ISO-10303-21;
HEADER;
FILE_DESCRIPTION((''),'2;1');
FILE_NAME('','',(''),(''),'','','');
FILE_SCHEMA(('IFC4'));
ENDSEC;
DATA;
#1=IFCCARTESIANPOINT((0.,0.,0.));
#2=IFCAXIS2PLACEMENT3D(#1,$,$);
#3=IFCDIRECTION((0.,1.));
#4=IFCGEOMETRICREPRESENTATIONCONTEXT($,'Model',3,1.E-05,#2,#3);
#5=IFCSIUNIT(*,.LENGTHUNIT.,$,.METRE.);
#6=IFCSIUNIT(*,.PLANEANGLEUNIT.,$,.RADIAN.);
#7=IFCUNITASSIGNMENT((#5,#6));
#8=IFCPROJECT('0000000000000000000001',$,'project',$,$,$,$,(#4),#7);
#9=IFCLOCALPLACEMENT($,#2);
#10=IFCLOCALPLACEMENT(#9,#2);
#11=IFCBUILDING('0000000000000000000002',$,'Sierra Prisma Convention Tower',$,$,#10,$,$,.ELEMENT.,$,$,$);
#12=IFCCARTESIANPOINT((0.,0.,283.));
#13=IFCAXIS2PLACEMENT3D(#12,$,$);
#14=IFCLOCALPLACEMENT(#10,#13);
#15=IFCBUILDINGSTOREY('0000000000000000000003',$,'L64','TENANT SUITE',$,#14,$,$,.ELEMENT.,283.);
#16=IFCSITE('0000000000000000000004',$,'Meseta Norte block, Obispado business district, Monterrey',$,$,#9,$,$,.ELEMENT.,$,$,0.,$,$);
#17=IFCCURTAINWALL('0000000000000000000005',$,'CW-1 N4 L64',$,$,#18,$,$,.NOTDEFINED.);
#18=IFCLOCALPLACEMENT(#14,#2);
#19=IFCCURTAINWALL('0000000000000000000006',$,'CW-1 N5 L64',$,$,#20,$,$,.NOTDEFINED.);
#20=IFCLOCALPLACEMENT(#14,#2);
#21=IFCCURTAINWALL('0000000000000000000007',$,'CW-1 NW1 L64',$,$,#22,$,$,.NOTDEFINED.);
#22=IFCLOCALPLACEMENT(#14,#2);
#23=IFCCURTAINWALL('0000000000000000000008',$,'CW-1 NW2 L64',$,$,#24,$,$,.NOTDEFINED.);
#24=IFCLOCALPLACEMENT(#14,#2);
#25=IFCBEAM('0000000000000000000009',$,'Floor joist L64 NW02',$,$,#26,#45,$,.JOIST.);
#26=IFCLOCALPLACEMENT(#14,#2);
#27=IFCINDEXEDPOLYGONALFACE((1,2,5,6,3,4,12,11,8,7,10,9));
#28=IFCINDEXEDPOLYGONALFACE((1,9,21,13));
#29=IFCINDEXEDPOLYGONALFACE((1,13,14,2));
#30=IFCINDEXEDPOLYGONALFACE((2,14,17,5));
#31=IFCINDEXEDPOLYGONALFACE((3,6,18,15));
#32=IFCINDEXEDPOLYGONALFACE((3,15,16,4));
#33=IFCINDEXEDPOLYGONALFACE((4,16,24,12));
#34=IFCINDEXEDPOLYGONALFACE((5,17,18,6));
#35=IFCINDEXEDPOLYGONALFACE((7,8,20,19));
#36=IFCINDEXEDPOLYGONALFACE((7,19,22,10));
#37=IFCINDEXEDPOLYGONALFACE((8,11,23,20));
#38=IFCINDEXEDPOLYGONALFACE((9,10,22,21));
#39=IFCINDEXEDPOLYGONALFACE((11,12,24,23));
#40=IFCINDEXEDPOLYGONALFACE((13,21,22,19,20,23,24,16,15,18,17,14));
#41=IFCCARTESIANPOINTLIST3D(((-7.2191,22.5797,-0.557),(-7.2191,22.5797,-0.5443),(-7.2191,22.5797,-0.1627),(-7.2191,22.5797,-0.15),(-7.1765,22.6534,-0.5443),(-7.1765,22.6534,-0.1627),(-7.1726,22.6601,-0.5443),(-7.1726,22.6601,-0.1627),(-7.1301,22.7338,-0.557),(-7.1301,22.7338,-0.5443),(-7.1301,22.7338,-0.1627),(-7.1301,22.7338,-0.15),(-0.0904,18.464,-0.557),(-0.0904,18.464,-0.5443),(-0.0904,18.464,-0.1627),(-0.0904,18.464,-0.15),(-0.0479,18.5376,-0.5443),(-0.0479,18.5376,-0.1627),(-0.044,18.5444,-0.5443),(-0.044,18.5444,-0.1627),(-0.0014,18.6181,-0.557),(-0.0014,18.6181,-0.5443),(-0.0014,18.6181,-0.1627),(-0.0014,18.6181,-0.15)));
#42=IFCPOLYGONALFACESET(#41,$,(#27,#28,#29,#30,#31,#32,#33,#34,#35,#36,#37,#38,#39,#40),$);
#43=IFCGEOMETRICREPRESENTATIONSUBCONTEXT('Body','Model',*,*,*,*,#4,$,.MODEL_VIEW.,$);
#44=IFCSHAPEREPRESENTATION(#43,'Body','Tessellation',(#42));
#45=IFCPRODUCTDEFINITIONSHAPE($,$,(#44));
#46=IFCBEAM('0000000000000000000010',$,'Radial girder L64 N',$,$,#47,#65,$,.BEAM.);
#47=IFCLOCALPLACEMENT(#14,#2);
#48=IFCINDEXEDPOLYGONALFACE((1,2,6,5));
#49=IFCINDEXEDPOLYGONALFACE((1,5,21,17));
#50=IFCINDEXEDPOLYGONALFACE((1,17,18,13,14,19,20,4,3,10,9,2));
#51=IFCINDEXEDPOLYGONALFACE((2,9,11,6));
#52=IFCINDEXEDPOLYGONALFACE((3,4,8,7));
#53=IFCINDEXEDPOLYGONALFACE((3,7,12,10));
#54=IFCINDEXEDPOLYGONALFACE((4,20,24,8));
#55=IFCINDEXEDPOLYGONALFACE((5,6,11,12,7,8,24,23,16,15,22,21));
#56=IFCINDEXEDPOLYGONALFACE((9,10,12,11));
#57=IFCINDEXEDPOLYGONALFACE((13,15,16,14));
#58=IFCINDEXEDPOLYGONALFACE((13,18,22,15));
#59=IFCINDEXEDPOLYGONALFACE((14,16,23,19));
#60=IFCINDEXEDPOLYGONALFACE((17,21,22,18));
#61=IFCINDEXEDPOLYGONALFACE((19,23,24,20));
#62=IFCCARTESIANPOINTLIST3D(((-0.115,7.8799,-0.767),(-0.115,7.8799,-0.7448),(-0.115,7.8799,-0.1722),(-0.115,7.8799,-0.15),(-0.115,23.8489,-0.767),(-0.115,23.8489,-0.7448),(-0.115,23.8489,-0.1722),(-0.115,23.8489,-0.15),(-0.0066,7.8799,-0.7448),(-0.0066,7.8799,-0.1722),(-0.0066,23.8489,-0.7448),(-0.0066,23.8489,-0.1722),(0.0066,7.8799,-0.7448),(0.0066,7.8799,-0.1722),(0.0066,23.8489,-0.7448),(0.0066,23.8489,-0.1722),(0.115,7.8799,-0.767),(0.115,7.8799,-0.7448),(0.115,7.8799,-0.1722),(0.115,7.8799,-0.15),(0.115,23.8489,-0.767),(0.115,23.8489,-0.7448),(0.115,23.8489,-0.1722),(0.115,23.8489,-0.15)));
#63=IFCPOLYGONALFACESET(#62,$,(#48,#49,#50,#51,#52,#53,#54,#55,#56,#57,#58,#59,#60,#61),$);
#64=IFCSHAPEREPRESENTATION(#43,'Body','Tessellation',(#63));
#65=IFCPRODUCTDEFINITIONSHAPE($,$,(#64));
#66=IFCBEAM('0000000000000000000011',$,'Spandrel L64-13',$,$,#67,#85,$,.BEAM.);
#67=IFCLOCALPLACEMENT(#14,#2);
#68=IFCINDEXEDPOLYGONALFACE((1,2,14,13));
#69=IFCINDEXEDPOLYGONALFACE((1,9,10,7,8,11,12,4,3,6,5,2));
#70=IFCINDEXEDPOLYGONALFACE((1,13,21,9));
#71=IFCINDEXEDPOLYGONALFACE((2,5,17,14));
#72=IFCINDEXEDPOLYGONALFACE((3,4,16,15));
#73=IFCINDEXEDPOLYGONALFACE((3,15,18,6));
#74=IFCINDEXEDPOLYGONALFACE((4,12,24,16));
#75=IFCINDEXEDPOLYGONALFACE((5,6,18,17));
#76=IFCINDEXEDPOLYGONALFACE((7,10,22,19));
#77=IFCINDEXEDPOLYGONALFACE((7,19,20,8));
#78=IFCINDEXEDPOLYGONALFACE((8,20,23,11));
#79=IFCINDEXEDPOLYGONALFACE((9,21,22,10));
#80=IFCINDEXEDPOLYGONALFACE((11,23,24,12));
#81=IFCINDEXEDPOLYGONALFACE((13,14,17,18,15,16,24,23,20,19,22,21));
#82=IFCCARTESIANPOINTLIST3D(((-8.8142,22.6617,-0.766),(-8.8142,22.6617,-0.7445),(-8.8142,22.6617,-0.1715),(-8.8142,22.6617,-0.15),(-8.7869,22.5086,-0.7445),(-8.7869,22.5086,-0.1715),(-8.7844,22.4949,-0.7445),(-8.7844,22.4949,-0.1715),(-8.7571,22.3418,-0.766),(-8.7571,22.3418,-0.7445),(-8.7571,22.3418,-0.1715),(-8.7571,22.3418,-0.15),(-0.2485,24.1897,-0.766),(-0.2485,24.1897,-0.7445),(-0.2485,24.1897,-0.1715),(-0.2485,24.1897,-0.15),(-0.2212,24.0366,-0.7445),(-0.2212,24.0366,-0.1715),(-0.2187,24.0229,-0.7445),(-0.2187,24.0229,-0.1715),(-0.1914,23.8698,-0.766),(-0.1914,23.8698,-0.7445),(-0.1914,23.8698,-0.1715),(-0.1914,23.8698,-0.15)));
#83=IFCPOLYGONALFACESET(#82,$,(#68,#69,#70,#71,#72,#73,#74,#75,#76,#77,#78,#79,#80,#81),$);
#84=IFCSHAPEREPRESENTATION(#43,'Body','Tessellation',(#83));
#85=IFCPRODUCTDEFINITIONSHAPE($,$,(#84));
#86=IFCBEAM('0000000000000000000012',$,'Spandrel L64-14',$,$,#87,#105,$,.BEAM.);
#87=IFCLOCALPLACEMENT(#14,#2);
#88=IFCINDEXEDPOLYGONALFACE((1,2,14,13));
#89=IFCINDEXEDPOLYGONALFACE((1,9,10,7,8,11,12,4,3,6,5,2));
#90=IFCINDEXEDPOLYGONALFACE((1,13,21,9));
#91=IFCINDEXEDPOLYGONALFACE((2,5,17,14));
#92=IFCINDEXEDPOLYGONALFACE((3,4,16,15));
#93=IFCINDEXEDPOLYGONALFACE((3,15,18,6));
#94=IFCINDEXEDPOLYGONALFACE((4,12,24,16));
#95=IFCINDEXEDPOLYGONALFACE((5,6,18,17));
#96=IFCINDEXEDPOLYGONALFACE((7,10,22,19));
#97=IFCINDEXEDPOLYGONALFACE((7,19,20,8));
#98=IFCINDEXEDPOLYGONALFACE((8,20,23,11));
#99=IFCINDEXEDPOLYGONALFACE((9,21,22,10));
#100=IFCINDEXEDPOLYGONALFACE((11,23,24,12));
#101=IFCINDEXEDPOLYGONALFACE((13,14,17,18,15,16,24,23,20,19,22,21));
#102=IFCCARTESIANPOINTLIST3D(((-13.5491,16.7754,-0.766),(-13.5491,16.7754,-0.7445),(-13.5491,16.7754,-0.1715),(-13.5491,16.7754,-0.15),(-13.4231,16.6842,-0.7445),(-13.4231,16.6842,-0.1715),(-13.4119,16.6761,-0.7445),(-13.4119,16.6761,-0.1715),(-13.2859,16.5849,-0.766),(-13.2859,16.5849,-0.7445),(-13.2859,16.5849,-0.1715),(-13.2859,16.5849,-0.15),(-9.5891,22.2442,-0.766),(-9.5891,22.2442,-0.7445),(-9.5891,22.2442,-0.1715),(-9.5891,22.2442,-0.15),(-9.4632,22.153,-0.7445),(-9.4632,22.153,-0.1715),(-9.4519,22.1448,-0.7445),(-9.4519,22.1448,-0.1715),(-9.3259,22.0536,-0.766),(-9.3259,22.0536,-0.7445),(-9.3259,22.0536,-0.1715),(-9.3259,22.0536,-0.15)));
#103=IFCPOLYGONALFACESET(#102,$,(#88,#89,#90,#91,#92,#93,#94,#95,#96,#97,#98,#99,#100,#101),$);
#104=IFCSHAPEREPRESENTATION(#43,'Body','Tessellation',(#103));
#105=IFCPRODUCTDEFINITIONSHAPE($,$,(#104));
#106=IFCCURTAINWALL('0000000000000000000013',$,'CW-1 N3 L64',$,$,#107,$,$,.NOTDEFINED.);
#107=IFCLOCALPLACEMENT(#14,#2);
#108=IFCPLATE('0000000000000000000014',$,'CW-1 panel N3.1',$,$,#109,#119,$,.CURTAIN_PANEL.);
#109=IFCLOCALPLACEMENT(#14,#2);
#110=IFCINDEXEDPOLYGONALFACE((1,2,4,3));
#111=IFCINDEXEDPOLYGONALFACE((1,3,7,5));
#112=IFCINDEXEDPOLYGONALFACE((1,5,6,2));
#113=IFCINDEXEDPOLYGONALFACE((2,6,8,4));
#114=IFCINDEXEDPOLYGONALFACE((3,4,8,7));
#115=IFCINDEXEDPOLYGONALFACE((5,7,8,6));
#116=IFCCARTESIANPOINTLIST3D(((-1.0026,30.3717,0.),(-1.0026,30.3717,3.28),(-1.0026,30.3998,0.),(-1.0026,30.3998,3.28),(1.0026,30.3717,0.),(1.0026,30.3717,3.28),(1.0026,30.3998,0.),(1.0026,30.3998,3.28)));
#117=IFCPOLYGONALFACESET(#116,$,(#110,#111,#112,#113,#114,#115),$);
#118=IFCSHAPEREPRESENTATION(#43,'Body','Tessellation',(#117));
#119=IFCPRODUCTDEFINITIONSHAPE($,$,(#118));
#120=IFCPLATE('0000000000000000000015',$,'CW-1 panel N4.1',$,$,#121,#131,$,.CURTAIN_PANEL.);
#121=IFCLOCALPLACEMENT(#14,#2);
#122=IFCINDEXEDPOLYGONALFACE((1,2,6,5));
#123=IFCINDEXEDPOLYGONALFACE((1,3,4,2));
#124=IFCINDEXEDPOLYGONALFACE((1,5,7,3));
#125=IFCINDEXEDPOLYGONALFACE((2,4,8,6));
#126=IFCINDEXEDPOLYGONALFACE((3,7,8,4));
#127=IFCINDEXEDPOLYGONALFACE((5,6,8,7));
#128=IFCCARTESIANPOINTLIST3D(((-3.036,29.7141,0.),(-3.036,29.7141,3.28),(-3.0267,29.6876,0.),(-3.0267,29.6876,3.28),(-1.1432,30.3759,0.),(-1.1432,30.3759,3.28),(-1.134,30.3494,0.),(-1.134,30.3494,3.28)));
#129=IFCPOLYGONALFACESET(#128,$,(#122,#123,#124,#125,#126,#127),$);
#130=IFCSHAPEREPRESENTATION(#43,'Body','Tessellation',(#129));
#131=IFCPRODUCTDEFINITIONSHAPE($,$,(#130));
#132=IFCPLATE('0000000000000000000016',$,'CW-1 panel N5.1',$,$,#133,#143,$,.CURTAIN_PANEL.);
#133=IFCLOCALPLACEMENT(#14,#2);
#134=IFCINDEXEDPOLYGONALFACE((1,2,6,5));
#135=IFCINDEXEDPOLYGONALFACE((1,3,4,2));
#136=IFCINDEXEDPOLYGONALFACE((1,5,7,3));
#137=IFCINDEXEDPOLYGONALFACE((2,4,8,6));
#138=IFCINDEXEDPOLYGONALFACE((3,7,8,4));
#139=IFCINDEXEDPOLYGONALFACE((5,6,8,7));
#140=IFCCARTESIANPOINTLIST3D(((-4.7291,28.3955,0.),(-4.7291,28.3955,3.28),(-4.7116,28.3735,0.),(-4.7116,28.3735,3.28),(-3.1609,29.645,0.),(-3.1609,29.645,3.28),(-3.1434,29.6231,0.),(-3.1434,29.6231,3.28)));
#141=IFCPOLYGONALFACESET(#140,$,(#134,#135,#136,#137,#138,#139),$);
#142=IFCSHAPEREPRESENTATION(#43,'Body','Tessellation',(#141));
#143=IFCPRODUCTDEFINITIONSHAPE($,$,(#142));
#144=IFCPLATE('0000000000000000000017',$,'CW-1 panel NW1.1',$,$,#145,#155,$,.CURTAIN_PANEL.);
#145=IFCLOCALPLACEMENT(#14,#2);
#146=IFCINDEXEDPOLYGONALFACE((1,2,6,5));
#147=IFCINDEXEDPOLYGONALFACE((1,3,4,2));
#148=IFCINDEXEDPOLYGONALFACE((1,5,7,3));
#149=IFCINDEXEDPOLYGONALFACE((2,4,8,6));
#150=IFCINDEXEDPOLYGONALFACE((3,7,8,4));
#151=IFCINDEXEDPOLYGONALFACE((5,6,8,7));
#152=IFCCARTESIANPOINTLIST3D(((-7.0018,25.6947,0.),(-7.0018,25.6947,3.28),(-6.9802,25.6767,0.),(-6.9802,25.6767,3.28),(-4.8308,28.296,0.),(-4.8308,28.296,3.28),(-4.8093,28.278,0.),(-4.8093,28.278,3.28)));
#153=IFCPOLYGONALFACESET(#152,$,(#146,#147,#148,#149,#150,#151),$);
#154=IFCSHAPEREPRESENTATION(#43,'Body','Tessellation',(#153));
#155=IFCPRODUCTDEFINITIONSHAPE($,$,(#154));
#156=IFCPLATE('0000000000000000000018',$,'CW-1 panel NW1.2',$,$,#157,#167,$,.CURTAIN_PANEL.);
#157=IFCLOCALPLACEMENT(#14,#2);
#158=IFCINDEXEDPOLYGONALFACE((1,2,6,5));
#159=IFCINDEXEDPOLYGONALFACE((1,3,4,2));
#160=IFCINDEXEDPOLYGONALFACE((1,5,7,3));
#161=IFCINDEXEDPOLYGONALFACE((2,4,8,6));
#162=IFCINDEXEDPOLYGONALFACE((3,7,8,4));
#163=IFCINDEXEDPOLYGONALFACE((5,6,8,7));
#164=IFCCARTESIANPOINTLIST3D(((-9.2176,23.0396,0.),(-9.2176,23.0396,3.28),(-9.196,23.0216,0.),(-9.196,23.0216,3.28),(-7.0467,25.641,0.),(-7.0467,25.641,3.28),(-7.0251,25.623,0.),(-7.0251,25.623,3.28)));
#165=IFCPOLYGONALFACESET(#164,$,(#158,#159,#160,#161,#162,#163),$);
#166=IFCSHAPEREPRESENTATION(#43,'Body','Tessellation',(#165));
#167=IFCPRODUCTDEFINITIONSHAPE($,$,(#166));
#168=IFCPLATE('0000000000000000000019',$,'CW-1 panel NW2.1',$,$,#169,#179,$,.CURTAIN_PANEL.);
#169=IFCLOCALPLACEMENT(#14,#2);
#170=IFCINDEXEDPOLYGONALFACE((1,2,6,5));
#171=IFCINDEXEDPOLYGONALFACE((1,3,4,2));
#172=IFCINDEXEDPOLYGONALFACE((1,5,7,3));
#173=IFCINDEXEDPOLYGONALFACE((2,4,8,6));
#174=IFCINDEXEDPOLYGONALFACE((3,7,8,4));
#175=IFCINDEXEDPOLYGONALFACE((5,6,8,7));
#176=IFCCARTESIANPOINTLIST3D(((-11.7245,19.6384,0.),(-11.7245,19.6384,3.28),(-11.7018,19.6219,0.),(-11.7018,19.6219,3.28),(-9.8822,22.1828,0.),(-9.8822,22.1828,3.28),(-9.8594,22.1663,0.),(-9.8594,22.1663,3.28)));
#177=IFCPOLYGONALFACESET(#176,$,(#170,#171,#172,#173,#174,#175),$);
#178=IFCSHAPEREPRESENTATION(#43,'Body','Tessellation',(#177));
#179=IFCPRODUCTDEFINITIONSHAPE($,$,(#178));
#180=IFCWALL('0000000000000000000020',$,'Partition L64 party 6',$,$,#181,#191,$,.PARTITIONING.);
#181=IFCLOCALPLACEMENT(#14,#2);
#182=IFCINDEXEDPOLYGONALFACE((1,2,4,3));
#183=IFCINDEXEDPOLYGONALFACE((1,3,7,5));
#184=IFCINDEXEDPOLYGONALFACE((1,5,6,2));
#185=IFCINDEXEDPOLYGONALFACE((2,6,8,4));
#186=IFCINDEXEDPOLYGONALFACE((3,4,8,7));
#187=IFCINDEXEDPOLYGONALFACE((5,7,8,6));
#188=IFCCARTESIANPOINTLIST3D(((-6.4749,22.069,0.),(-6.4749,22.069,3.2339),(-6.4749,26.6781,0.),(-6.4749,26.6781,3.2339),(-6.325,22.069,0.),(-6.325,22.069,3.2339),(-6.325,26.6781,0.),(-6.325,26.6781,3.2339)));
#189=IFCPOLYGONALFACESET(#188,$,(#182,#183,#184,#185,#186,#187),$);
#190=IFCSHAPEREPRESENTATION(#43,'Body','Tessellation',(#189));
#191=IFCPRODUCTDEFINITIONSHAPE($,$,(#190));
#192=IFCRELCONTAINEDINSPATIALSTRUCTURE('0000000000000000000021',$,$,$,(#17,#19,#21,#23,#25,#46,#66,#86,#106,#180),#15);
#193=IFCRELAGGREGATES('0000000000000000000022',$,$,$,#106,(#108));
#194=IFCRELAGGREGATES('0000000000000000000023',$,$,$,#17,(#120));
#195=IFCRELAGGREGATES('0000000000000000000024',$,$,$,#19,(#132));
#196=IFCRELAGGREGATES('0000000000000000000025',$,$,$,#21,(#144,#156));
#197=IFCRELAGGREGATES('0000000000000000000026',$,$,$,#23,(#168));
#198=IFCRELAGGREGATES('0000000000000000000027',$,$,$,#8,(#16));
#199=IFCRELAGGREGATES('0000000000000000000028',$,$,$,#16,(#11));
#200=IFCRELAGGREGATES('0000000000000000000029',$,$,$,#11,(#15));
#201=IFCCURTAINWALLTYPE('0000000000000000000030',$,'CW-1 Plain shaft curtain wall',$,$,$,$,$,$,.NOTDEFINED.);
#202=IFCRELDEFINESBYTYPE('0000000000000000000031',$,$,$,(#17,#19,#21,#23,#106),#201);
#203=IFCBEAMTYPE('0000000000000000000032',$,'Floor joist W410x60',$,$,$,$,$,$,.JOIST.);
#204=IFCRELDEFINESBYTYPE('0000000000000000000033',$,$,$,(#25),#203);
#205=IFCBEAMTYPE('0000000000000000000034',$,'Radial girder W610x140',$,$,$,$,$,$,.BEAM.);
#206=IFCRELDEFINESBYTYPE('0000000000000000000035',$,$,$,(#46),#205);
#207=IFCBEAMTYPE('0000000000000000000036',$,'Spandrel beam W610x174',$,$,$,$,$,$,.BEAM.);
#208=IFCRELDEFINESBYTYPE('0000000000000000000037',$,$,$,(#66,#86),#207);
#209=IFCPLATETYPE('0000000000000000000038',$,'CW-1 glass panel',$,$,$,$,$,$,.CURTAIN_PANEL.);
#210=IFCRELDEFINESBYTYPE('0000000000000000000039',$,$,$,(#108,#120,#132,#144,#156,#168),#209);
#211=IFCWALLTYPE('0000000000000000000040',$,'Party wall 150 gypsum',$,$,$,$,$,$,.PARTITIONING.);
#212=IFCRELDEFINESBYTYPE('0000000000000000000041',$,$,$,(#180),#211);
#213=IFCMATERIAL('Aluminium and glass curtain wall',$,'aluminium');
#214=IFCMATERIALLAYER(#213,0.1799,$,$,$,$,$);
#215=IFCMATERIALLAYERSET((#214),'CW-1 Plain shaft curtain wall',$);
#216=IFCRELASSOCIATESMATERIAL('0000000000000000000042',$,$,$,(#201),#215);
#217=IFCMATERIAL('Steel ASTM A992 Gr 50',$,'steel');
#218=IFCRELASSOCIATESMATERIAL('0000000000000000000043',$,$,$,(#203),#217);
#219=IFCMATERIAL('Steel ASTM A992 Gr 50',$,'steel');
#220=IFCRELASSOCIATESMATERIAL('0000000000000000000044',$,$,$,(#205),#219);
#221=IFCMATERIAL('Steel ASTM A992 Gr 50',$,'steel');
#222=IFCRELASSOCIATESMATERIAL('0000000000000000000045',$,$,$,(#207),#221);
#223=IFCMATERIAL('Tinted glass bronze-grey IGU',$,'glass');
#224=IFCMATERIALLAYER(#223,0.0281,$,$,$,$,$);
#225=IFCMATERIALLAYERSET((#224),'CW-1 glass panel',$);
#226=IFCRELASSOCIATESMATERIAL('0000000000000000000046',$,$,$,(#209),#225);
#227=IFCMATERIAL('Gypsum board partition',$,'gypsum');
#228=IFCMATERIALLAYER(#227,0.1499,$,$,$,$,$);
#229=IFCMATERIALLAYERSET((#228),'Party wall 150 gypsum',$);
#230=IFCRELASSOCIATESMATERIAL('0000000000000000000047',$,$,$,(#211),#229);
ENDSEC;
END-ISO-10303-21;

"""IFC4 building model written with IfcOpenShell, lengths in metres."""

from ifc_helpers import new_model, si_unit, direction, frame, frame_2d, origin, origin_2d, place, context, subcontext, project, spatial, rectangle, i_section, extrude, material, layer, layer_set, material_profile, profile_set, type_object, element, aggregate, save


model = new_model("IFC4")

# Units and contexts
model_context = context("Model", 3, precision=1e-05, world=origin(), true_north=direction((0.0, 1.0)))
body_context = subcontext(model_context, "Body", "Model", "MODEL_VIEW")
ifc_project = project(units=[si_unit("LENGTHUNIT", "METRE"), si_unit("PLANEANGLEUNIT", "RADIAN")], contexts=[model_context])

# Site, building, storey
site_placement = place(None, origin())
site = spatial("IfcSite", under=ifc_project, at=site_placement, Name="Meseta Norte block, Obispado business district, Monterrey", CompositionType="ELEMENT", RefElevation=0.0)
building_placement = place(site_placement, origin())
building = spatial("IfcBuilding", under=site, at=building_placement, Name="Sierra Prisma Convention Tower", CompositionType="ELEMENT")
storey_placement = place(building_placement, frame((0.0, 0.0, 283.0)))
storey = spatial("IfcBuildingStorey", under=building, at=storey_placement, Name="L64", Description="TENANT SUITE", CompositionType="ELEMENT", Elevation=283.0)

# Curtain walls
ifc_material_1 = material(Name="Aluminium and glass curtain wall", Category="aluminium")
ifc_layer_1 = layer(ifc_material_1, 0.1799)
ifc_layer_set_1 = layer_set([ifc_layer_1], Name="CW-1 Plain shaft curtain wall")
curtain_wall_type = type_object("IfcCurtainWallType", Name="CW-1 Plain shaft curtain wall", PredefinedType="NOTDEFINED", material=ifc_layer_set_1)
curtain_wall_1_placement = place(storey_placement, origin())
curtain_wall_1 = element("IfcCurtainWall", 1, at=curtain_wall_1_placement, inside=storey, type_object=curtain_wall_type, Name="CW-1 N4 L64", PredefinedType="NOTDEFINED")
curtain_wall_2_placement = place(storey_placement, origin())
curtain_wall_2 = element("IfcCurtainWall", 2, at=curtain_wall_2_placement, inside=storey, type_object=curtain_wall_type, Name="CW-1 N5 L64", PredefinedType="NOTDEFINED")

# Curtain wall
curtain_wall_3_placement = place(storey_placement, origin())
curtain_wall_3 = element("IfcCurtainWall", 3, at=curtain_wall_3_placement, inside=storey, type_object=curtain_wall_type, Name="CW-1 NW1 L64", PredefinedType="NOTDEFINED")

# Curtain wall
curtain_wall_4_placement = place(storey_placement, origin())
curtain_wall_4 = element("IfcCurtainWall", 4, at=curtain_wall_4_placement, inside=storey, type_object=curtain_wall_type, Name="CW-1 NW2 L64", PredefinedType="NOTDEFINED")

# Beams
ifc_material_2 = material(Name="Steel ASTM A992 Gr 50", Category="steel")
ifc_material_profile_1 = material_profile(ifc_material_2, i_section(OverallWidth=0.178, OverallDepth=0.407, WebThickness=0.0078, FlangeThickness=0.0127, at=origin_2d()), Name="W410x60")
ifc_profile_set_1 = profile_set([ifc_material_profile_1], Name="Steel ASTM A992 Gr 50")
beam_type_1 = type_object("IfcBeamType", Name="Floor joist W410x60", PredefinedType="JOIST", material=ifc_profile_set_1)
beam_1_placement = place(storey_placement, frame((-7.1746, 22.6567, -0.3535), z_axis=(0.866026, -0.499999, 0.0), x_axis=(0.499999, 0.866026, 0.0)))
element("IfcBeam", 5, at=beam_1_placement, inside=storey, type_object=beam_type_1, Name="Floor joist L64 NW02", PredefinedType="JOIST", context=body_context, shape_type="SweptSolid", body=[
    extrude(i_section(OverallWidth=0.178, OverallDepth=0.407, WebThickness=0.0078, FlangeThickness=0.0127, at=origin_2d()), origin(), (0.0, 0.0, 1.0), 8.2314),
])
ifc_material_3 = material(Name="Steel ASTM A992 Gr 50", Category="steel")
ifc_material_profile_2 = material_profile(ifc_material_3, i_section(OverallWidth=0.23, OverallDepth=0.6169, WebThickness=0.0132, FlangeThickness=0.0222, at=origin_2d()), Name="W610x140")
ifc_profile_set_2 = profile_set([ifc_material_profile_2], Name="Steel ASTM A992 Gr 50")
beam_type_2 = type_object("IfcBeamType", Name="Radial girder W610x140", PredefinedType="BEAM", material=ifc_profile_set_2)
beam_2_placement = place(storey_placement, frame((0.0, 23.8489, -0.4585), z_axis=(0.0, -1.0, 0.0), x_axis=(1.0, 0.0, 0.0)))
element("IfcBeam", 6, at=beam_2_placement, inside=storey, type_object=beam_type_2, Name="Radial girder L64 N", PredefinedType="BEAM", context=body_context, shape_type="SweptSolid", body=[
    extrude(i_section(OverallWidth=0.23, OverallDepth=0.6169, WebThickness=0.0132, FlangeThickness=0.0222, at=origin_2d()), origin(), (0.0, 0.0, 1.0), 15.969),
])
ifc_material_4 = material(Name="Steel ASTM A992 Gr 50", Category="steel")
ifc_material_profile_3 = material_profile(ifc_material_4, i_section(OverallWidth=0.325, OverallDepth=0.616, WebThickness=0.0139, FlangeThickness=0.0215, at=origin_2d()), Name="W610x174")
ifc_profile_set_3 = profile_set([ifc_material_profile_3], Name="Steel ASTM A992 Gr 50")
beam_type_3 = type_object("IfcBeamType", Name="Spandrel beam W610x174", PredefinedType="BEAM", material=ifc_profile_set_3)
beam_3_placement = place(storey_placement, frame((-0.22, 24.0298, -0.458), z_axis=(-0.984458, -0.175623, 0.0), x_axis=(0.175623, -0.984458, 0.0)))
element("IfcBeam", 7, at=beam_3_placement, inside=storey, type_object=beam_type_3, Name="Spandrel L64-13", PredefinedType="BEAM", context=body_context, shape_type="SweptSolid", body=[
    extrude(i_section(OverallWidth=0.325, OverallDepth=0.616, WebThickness=0.0139, FlangeThickness=0.0215, at=origin_2d()), origin(), (0.0, 0.0, 1.0), 8.7009),
])
beam_4_placement = place(storey_placement, frame((-9.4575, 22.1489, -0.458), z_axis=(-0.586493, -0.809954, 0.0), x_axis=(0.809954, -0.586493, 0.0)))
element("IfcBeam", 8, at=beam_4_placement, inside=storey, type_object=beam_type_3, Name="Spandrel L64-14", PredefinedType="BEAM", context=body_context, shape_type="SweptSolid", body=[
    extrude(i_section(OverallWidth=0.325, OverallDepth=0.616, WebThickness=0.0139, FlangeThickness=0.0215, at=origin_2d()), origin(), (0.0, 0.0, 1.0), 6.752),
])

# Curtain wall, plate
curtain_wall_5_placement = place(storey_placement, origin())
curtain_wall_5 = element("IfcCurtainWall", 9, at=curtain_wall_5_placement, inside=storey, type_object=curtain_wall_type, Name="CW-1 N3 L64", PredefinedType="NOTDEFINED")
ifc_material_5 = material(Name="Tinted glass bronze-grey IGU", Category="glass")
ifc_layer_2 = layer(ifc_material_5, 0.0281)
ifc_layer_set_2 = layer_set([ifc_layer_2], Name="CW-1 glass panel")
plate_type = type_object("IfcPlateType", Name="CW-1 glass panel", PredefinedType="CURTAIN_PANEL", material=ifc_layer_set_2)
plate_1_placement = place(storey_placement, frame((0.0, 30.3857, 0.0), z_axis=(0.0, 0.0, 1.0), x_axis=(-1.0, 0.0, 0.0)))
plate_1 = element("IfcPlate", 10, at=plate_1_placement, type_object=plate_type, Name="CW-1 panel N3.1", PredefinedType="CURTAIN_PANEL", context=body_context, shape_type="SweptSolid", body=[
    extrude(rectangle(XDim=2.0051, YDim=0.0281, at=origin_2d()), origin(), (0.0, 0.0, 1.0), 3.28),
])
aggregate(curtain_wall_5, [plate_1])

# Plates
plate_2_placement = place(storey_placement, frame((-2.085, 30.0317, 0.0), z_axis=(0.0, 0.0, 1.0), x_axis=(-0.943953, -0.330081, 0.0)))
plate_2 = element("IfcPlate", 11, at=plate_2_placement, type_object=plate_type, Name="CW-1 panel N4.1", PredefinedType="CURTAIN_PANEL", context=body_context, shape_type="SweptSolid", body=[
    extrude(rectangle(XDim=2.0051, YDim=0.0281, at=origin_2d()), origin(), (0.0, 0.0, 1.0), 3.28),
])
aggregate(curtain_wall_1, [plate_2])
plate_3_placement = place(storey_placement, frame((-3.9363, 29.0093, 0.0), z_axis=(0.0, 0.0, 1.0), x_axis=(-0.782093, -0.623161, 0.0)))
plate_3 = element("IfcPlate", 12, at=plate_3_placement, type_object=plate_type, Name="CW-1 panel N5.1", PredefinedType="CURTAIN_PANEL", context=body_context, shape_type="SweptSolid", body=[
    extrude(rectangle(XDim=2.0051, YDim=0.0281, at=origin_2d()), origin(), (0.0, 0.0, 1.0), 3.28),
])
aggregate(curtain_wall_2, [plate_3])
plate_4_placement = place(storey_placement, frame((-5.9055, 26.9863, 0.0), z_axis=(0.0, 0.0, 1.0), x_axis=(-0.640733, -0.767764, 0.0)))
plate_4 = element("IfcPlate", 13, at=plate_4_placement, type_object=plate_type, Name="CW-1 panel NW1.1", PredefinedType="CURTAIN_PANEL", context=body_context, shape_type="SweptSolid", body=[
    extrude(rectangle(XDim=3.3882, YDim=0.0281, at=origin_2d()), origin(), (0.0, 0.0, 1.0), 3.28),
])
plate_5_placement = place(storey_placement, frame((-8.1213, 24.3313, 0.0), z_axis=(0.0, 0.0, 1.0), x_axis=(-0.640733, -0.767764, 0.0)))
plate_5 = element("IfcPlate", 14, at=plate_5_placement, type_object=plate_type, Name="CW-1 panel NW1.2", PredefinedType="CURTAIN_PANEL", context=body_context, shape_type="SweptSolid", body=[
    extrude(rectangle(XDim=3.3882, YDim=0.0281, at=origin_2d()), origin(), (0.0, 0.0, 1.0), 3.28),
])
aggregate(curtain_wall_3, [plate_4, plate_5])
plate_6_placement = place(storey_placement, frame((-10.792, 20.9023, 0.0), z_axis=(0.0, 0.0, 1.0), x_axis=(-0.586484, -0.809961, 0.0)))
plate_6 = element("IfcPlate", 15, at=plate_6_placement, type_object=plate_type, Name="CW-1 panel NW2.1", PredefinedType="CURTAIN_PANEL", context=body_context, shape_type="SweptSolid", body=[
    extrude(rectangle(XDim=3.1414, YDim=0.0281, at=origin_2d()), origin(), (0.0, 0.0, 1.0), 3.28),
])
aggregate(curtain_wall_4, [plate_6])

# Wall
ifc_material_6 = material(Name="Gypsum board partition", Category="gypsum")
ifc_layer_3 = layer(ifc_material_6, 0.1499)
ifc_layer_set_3 = layer_set([ifc_layer_3], Name="Party wall 150 gypsum")
wall_type = type_object("IfcWallType", Name="Party wall 150 gypsum", PredefinedType="PARTITIONING", material=ifc_layer_set_3)
wall_placement = place(storey_placement, frame((-6.3999, 22.0688, 0.0), z_axis=(0.0, 0.0, 1.0), x_axis=(0.0, 1.0, 0.0)))
element("IfcWall", 16, at=wall_placement, inside=storey, type_object=wall_type, Name="Partition L64 party 6", PredefinedType="PARTITIONING", context=body_context, shape_type="SweptSolid", body=[
    extrude(rectangle(XDim=4.6091, YDim=0.1499, at=frame_2d((2.3047, 0.0))), origin(), (0.0, 0.0, 1.0), 3.2339),
])

save(model, "model.ifc")
